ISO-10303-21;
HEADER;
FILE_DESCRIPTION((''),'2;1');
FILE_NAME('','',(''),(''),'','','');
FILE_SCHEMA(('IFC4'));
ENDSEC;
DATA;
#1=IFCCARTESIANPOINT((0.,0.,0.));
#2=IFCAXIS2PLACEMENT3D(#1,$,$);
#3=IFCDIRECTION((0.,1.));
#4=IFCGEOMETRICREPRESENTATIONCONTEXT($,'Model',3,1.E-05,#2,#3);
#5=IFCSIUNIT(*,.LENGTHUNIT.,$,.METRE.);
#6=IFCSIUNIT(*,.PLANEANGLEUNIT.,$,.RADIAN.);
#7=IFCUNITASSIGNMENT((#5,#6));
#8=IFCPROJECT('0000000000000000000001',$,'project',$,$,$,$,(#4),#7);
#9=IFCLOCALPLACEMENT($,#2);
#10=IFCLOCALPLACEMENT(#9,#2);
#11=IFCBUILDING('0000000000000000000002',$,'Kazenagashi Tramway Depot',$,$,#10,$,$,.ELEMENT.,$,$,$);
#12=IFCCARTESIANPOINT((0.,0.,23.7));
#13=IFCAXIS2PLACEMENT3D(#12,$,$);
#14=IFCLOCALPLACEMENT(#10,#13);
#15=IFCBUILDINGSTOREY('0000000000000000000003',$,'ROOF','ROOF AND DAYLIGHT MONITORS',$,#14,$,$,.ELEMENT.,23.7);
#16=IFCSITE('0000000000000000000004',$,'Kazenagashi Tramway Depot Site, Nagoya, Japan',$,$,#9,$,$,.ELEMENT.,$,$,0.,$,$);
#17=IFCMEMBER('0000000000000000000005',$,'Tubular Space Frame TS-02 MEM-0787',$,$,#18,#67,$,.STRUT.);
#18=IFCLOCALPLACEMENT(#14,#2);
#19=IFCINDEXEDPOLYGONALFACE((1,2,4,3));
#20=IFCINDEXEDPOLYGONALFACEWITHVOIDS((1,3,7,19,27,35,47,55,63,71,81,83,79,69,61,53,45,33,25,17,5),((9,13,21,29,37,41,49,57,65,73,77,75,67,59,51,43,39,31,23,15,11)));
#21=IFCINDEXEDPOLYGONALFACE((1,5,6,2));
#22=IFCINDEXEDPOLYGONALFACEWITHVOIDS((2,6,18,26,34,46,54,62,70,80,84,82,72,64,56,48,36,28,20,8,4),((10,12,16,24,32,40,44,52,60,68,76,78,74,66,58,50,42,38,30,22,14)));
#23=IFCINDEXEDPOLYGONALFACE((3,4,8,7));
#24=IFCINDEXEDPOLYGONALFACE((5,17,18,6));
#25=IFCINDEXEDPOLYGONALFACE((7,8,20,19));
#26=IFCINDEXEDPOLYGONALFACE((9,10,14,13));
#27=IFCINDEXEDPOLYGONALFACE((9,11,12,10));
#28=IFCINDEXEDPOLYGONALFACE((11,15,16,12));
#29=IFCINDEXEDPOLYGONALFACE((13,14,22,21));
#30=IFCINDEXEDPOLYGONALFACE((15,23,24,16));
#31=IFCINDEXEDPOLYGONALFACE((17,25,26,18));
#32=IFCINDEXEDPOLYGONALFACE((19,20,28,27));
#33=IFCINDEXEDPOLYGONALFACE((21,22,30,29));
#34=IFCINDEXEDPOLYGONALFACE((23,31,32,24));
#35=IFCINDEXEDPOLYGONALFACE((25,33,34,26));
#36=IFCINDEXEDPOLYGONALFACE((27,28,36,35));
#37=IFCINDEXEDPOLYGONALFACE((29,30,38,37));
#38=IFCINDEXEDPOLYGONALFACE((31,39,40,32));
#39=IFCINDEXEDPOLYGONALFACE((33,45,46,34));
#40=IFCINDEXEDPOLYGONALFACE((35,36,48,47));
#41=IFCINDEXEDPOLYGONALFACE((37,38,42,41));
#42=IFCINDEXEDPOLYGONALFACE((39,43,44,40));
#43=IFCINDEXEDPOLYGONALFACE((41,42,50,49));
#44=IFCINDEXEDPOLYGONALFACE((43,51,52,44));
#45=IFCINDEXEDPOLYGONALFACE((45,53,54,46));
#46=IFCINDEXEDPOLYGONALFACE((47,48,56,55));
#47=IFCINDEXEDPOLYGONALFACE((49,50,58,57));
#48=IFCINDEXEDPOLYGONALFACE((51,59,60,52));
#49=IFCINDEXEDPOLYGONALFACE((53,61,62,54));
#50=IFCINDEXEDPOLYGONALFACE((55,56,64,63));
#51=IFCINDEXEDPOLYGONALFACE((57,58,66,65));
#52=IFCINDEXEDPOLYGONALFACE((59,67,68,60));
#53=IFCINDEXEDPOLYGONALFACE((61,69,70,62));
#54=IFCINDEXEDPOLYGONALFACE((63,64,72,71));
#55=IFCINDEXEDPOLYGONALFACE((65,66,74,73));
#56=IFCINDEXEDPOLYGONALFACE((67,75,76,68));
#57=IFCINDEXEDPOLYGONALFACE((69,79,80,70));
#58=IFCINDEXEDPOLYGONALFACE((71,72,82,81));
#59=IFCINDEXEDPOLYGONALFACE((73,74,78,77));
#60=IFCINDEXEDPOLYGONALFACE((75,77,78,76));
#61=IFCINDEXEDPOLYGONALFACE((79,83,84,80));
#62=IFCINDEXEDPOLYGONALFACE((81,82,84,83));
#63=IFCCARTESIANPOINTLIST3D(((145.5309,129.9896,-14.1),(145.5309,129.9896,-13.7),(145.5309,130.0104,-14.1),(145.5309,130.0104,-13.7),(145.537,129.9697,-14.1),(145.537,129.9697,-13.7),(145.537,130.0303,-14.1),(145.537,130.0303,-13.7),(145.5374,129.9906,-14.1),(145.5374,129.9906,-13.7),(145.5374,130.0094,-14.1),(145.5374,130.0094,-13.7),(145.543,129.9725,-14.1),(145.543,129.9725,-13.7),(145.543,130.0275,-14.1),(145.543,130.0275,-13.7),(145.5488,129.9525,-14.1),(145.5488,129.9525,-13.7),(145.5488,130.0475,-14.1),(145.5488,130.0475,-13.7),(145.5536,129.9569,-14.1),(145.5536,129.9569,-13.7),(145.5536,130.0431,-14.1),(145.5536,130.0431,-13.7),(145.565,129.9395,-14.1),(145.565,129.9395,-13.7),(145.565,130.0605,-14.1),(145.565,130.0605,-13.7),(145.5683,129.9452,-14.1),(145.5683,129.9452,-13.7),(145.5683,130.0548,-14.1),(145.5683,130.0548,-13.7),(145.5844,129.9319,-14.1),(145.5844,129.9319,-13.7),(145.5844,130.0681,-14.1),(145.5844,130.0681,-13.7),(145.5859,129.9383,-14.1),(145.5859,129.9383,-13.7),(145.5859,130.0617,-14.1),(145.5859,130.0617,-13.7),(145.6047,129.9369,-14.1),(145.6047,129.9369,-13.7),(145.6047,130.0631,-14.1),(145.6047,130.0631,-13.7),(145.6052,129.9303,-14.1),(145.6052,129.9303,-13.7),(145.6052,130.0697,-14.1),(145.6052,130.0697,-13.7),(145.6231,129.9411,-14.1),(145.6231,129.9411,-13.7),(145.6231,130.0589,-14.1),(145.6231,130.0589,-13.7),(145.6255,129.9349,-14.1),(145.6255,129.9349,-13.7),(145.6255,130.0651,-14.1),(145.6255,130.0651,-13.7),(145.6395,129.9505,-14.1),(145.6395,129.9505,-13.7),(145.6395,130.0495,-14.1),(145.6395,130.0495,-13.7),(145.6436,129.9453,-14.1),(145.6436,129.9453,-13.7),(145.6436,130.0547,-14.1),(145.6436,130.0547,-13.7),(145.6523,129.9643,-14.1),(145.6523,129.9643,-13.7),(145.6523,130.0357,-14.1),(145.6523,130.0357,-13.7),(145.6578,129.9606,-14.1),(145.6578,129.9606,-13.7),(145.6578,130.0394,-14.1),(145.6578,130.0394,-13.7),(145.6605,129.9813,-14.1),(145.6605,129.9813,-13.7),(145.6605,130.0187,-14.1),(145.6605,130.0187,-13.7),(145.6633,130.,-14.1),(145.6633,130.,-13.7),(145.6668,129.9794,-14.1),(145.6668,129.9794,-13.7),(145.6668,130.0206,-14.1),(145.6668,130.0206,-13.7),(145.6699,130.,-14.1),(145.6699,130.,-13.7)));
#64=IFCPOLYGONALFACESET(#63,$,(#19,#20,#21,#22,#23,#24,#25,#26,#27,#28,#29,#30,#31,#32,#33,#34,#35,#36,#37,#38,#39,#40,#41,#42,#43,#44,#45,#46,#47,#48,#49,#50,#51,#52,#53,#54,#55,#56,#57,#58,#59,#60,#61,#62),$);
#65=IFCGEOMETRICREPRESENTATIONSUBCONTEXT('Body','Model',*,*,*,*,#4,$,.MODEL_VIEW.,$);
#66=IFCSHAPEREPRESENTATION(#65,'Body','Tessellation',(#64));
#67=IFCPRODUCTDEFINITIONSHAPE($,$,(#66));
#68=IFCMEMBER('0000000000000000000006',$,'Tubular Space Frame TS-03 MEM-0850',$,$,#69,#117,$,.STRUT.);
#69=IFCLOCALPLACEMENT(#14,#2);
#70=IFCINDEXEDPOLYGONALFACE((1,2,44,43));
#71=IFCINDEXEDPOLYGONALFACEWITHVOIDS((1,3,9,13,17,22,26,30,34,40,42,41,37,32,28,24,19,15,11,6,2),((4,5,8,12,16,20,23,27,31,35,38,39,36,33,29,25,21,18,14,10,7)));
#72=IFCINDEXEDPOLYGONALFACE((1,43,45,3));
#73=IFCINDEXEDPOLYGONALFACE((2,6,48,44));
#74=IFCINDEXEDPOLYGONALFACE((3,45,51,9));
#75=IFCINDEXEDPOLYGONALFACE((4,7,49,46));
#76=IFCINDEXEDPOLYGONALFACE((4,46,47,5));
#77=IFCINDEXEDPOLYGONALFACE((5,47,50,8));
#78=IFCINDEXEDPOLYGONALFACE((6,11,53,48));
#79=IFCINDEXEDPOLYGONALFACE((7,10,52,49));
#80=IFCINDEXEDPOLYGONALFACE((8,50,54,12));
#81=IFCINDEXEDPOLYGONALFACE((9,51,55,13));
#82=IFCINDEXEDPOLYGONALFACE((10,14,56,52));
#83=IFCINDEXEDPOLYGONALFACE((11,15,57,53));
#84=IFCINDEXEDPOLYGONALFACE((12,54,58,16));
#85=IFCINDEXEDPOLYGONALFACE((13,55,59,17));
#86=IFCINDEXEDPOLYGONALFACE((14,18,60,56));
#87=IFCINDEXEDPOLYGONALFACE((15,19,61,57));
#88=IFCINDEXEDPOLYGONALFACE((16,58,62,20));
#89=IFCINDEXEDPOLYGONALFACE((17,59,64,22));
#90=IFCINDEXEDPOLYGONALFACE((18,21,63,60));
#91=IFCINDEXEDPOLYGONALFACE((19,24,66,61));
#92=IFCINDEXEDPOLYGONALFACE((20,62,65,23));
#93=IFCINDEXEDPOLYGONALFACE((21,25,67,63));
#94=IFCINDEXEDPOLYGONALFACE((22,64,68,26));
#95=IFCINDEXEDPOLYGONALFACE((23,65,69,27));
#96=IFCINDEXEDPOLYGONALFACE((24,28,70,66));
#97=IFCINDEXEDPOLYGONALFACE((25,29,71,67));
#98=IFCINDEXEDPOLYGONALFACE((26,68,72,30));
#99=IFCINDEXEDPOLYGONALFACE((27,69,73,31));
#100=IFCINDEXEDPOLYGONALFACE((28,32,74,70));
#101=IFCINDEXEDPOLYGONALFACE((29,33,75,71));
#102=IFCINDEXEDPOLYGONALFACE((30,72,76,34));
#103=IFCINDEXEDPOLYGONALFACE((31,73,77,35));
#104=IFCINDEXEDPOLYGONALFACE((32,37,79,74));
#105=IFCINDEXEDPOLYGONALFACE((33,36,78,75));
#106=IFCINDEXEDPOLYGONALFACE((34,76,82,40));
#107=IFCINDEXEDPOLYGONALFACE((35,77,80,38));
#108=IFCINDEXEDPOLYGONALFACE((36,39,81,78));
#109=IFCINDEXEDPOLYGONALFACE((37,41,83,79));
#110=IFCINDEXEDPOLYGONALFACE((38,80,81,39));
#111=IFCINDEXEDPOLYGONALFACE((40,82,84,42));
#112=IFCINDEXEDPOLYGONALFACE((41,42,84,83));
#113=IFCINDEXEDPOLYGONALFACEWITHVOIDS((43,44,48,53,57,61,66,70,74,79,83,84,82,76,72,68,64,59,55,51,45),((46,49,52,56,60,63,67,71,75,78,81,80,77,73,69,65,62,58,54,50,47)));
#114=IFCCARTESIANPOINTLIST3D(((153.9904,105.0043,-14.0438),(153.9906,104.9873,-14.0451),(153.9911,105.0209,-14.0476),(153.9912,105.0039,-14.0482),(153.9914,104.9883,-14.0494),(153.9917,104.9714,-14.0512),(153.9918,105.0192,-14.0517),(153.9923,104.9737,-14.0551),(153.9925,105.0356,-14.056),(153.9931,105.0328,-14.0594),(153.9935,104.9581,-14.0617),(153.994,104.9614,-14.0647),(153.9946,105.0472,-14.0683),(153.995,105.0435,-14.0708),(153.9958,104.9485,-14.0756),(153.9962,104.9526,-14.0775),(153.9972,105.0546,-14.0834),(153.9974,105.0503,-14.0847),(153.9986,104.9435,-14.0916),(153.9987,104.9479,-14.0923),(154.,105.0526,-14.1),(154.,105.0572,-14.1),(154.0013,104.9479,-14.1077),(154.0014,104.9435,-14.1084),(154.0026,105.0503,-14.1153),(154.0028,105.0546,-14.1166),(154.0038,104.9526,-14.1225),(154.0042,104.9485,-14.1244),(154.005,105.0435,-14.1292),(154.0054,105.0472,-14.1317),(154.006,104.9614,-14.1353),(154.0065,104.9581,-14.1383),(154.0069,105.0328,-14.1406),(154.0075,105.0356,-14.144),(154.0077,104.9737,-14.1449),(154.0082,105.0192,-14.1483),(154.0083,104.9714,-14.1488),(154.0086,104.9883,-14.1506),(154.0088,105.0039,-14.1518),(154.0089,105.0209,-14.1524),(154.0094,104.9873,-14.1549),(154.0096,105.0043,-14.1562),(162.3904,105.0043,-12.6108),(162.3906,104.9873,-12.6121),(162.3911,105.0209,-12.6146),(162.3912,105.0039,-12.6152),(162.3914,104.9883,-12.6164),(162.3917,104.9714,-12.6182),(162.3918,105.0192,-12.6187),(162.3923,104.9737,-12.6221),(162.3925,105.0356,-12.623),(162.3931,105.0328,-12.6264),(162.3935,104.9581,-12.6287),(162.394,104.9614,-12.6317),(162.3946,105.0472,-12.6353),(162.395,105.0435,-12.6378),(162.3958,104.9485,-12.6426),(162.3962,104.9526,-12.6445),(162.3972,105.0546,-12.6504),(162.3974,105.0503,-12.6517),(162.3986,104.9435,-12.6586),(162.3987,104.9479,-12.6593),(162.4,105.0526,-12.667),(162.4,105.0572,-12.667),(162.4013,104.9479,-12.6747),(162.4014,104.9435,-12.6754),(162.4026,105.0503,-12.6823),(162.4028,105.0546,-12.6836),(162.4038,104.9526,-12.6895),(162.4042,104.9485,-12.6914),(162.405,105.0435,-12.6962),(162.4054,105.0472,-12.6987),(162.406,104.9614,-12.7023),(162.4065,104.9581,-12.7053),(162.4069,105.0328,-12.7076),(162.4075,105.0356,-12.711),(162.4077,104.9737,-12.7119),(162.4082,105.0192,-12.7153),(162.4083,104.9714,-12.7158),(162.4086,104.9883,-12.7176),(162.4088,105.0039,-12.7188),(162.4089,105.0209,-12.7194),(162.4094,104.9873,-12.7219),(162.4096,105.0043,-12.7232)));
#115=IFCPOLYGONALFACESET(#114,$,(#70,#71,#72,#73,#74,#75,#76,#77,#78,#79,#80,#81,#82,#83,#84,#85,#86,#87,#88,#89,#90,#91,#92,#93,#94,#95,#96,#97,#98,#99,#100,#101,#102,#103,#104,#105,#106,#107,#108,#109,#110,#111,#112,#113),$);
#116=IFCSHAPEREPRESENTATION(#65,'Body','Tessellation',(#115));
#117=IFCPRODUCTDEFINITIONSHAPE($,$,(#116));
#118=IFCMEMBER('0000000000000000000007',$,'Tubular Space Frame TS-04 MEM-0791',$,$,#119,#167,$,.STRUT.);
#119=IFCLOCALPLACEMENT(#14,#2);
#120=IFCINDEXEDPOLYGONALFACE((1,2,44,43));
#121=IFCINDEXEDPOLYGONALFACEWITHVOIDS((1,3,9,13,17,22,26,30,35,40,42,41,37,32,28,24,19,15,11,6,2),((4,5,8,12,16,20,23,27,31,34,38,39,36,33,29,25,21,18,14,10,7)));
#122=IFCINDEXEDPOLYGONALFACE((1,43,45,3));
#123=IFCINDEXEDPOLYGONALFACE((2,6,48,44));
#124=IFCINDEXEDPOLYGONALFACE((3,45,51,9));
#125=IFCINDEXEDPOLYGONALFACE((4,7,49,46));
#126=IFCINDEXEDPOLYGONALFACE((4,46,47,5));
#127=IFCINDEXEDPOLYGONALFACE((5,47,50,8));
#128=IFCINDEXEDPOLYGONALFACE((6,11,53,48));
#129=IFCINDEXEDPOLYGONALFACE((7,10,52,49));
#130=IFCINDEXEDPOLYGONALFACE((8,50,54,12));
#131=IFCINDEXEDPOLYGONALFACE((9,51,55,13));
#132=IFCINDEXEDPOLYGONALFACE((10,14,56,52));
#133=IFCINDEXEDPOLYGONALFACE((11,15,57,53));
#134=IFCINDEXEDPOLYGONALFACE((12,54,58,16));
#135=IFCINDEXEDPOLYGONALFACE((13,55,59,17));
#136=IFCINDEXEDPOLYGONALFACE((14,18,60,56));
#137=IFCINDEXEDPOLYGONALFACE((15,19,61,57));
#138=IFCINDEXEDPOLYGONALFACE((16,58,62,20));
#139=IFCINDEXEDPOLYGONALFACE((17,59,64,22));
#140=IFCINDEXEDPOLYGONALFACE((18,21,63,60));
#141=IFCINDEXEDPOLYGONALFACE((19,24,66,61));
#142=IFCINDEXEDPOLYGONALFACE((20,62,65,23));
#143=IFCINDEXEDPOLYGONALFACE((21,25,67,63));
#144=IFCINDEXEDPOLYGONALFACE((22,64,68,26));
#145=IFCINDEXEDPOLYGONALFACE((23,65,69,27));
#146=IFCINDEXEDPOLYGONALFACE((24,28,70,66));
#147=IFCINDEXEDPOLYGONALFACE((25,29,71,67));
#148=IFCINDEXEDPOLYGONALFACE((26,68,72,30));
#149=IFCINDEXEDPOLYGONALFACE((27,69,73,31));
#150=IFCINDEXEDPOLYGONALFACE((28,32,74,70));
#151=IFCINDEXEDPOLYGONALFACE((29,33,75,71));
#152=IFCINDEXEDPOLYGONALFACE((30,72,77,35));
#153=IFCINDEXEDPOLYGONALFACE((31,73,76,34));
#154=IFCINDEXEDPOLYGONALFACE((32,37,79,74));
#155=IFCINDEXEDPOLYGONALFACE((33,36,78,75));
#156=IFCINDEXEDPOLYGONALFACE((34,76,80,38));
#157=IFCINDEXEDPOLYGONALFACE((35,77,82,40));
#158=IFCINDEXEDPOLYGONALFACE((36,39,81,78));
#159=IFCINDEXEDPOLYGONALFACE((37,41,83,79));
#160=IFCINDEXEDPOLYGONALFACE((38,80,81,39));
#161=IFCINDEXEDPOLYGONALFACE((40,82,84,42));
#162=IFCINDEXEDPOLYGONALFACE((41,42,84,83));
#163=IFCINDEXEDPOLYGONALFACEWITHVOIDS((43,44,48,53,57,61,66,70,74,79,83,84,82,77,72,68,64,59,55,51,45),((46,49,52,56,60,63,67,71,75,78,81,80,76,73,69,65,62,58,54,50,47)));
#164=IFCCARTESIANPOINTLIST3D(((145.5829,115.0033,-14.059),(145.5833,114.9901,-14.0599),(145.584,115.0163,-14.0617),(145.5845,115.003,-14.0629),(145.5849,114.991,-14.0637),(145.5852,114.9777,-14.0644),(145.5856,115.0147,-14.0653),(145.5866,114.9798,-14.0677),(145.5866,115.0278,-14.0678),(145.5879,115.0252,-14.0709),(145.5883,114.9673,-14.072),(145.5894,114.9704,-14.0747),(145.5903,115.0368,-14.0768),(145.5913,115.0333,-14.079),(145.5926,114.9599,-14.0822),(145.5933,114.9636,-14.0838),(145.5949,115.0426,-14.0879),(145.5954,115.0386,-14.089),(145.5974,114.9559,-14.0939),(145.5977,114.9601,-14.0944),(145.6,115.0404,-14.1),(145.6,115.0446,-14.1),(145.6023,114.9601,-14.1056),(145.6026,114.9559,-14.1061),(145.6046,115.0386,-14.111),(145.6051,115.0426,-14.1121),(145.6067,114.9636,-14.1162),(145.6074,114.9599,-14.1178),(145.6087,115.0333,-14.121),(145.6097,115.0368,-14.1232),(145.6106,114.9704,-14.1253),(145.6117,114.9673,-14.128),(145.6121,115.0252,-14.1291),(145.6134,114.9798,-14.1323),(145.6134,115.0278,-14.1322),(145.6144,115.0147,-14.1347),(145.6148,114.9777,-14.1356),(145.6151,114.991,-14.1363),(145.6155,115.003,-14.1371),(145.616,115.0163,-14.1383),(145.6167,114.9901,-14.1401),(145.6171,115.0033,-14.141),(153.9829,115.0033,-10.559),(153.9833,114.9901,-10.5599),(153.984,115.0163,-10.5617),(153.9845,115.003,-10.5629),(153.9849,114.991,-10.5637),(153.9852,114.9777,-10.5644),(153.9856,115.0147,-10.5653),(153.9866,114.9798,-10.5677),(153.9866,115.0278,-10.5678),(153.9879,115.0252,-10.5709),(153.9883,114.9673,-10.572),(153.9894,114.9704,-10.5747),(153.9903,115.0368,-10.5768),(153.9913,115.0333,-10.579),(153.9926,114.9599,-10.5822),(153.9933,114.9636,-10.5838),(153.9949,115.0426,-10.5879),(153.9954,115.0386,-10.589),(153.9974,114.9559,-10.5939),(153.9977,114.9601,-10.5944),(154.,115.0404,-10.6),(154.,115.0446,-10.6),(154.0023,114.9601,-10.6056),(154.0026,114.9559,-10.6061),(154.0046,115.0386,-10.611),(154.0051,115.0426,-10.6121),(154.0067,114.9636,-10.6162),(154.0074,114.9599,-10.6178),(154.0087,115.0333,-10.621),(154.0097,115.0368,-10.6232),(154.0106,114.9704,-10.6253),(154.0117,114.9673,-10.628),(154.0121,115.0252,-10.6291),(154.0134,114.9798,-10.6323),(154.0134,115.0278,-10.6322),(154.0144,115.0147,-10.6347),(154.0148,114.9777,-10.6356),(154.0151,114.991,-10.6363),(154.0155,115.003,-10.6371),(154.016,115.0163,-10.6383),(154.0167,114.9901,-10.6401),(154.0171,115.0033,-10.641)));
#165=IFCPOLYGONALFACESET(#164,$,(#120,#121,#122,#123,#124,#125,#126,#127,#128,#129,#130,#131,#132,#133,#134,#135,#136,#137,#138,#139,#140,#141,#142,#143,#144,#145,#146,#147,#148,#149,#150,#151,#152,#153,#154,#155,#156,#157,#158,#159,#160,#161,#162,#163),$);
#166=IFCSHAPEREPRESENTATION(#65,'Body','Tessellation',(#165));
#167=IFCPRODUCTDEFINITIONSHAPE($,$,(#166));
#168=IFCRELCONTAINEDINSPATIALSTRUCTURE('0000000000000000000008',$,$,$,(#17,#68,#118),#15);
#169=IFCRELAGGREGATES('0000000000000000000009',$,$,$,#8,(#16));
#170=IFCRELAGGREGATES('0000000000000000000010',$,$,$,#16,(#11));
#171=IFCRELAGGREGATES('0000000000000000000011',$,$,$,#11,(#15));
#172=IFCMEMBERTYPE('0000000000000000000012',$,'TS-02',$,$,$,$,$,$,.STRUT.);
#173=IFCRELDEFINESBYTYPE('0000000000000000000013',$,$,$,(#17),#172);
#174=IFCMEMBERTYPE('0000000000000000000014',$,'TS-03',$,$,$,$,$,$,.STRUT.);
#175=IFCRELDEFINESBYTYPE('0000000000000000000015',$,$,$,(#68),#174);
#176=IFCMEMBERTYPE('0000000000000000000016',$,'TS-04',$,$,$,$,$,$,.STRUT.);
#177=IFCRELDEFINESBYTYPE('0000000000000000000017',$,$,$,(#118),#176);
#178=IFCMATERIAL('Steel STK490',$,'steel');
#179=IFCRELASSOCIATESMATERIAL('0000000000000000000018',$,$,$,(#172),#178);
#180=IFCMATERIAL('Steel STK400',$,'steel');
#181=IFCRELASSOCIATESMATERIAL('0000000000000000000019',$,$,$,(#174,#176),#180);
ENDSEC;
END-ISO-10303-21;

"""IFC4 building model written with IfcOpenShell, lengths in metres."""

from ifc_helpers import new_model, si_unit, direction, frame, origin, origin_2d, place, context, subcontext, project, spatial, hollow_circle, extrude, material, material_profile, profile_set, type_object, element, save


model = new_model("IFC4")

# Units and contexts
model_context = context("Model", 3, precision=1e-05, world=origin(), true_north=direction((0.0, 1.0)))
body_context = subcontext(model_context, "Body", "Model", "MODEL_VIEW")
ifc_project = project(units=[si_unit("LENGTHUNIT", "METRE"), si_unit("PLANEANGLEUNIT", "RADIAN")], contexts=[model_context])

# Site, building, storey
site_placement = place(None, origin())
site = spatial("IfcSite", under=ifc_project, at=site_placement, Name="Kazenagashi Tramway Depot Site, Nagoya, Japan", CompositionType="ELEMENT", RefElevation=0.0)
building_placement = place(site_placement, origin())
building = spatial("IfcBuilding", under=site, at=building_placement, Name="Kazenagashi Tramway Depot", CompositionType="ELEMENT")
storey_placement = place(building_placement, frame((0.0, 0.0, 23.7)))
storey = spatial("IfcBuildingStorey", under=building, at=storey_placement, Name="ROOF", Description="ROOF AND DAYLIGHT MONITORS", CompositionType="ELEMENT", Elevation=23.7)

# Members
ifc_material_1 = material(Name="Steel STK490", Category="steel")
ifc_material_profile_1 = material_profile(ifc_material_1, hollow_circle(Radius=0.0699, WallThickness=0.0066, at=origin_2d()), Name="CHS-139.8x6.6")
ifc_profile_set_1 = profile_set([ifc_material_profile_1], Name="Steel STK490")
member_type_1 = type_object("IfcMemberType", Name="TS-02", PredefinedType="STRUT", material=ifc_profile_set_1)
member_1_placement = place(storey_placement, frame((145.6, 130.0, -14.1), z_axis=(0.0, 0.0, 1.0), x_axis=(1.0, 0.0, 0.0)))
element("IfcMember", 1, at=member_1_placement, inside=storey, type_object=member_type_1, Name="Tubular Space Frame TS-02 MEM-0787", PredefinedType="STRUT", context=body_context, shape_type="SweptSolid", body=[
    extrude(hollow_circle(Radius=0.0699, WallThickness=0.0066, at=origin_2d()), origin(), (0.0, 0.0, 1.0), 0.4),
])
ifc_material_2 = material(Name="Steel STK400", Category="steel")
ifc_material_profile_2 = material_profile(ifc_material_2, hollow_circle(Radius=0.0571, WallThickness=0.0045, at=origin_2d()), Name="CHS-114.3x4.5")
ifc_profile_set_2 = profile_set([ifc_material_profile_2], Name="Steel STK400")
member_type_2 = type_object("IfcMemberType", Name="TS-03", PredefinedType="STRUT", material=ifc_profile_set_2)
member_2_placement = place(storey_placement, frame((154.0, 105.0, -14.1), z_axis=(0.985759, 0.0, 0.168166), x_axis=(0.0, 1.0, 0.0)))
element("IfcMember", 2, at=member_2_placement, inside=storey, type_object=member_type_2, Name="Tubular Space Frame TS-03 MEM-0850", PredefinedType="STRUT", context=body_context, shape_type="SweptSolid", body=[
    extrude(hollow_circle(Radius=0.0571, WallThickness=0.0045, at=origin_2d()), origin(), (0.0, 0.0, 1.0), 8.5214),
])
ifc_material_profile_3 = material_profile(ifc_material_2, hollow_circle(Radius=0.0445, WallThickness=0.0042, at=origin_2d()), Name="CHS-89.1x4.2")
ifc_profile_set_3 = profile_set([ifc_material_profile_3], Name="Steel STK400")
member_type_3 = type_object("IfcMemberType", Name="TS-04", PredefinedType="STRUT", material=ifc_profile_set_3)
member_3_placement = place(storey_placement, frame((145.6, 115.0, -14.1), z_axis=(0.923077, 0.0, 0.384615), x_axis=(0.0, 1.0, 0.0)))
element("IfcMember", 3, at=member_3_placement, inside=storey, type_object=member_type_3, Name="Tubular Space Frame TS-04 MEM-0791", PredefinedType="STRUT", context=body_context, shape_type="SweptSolid", body=[
    extrude(hollow_circle(Radius=0.0445, WallThickness=0.0042, at=origin_2d()), origin(), (0.0, 0.0, 1.0), 9.1),
])

save(model, "model.ifc")
